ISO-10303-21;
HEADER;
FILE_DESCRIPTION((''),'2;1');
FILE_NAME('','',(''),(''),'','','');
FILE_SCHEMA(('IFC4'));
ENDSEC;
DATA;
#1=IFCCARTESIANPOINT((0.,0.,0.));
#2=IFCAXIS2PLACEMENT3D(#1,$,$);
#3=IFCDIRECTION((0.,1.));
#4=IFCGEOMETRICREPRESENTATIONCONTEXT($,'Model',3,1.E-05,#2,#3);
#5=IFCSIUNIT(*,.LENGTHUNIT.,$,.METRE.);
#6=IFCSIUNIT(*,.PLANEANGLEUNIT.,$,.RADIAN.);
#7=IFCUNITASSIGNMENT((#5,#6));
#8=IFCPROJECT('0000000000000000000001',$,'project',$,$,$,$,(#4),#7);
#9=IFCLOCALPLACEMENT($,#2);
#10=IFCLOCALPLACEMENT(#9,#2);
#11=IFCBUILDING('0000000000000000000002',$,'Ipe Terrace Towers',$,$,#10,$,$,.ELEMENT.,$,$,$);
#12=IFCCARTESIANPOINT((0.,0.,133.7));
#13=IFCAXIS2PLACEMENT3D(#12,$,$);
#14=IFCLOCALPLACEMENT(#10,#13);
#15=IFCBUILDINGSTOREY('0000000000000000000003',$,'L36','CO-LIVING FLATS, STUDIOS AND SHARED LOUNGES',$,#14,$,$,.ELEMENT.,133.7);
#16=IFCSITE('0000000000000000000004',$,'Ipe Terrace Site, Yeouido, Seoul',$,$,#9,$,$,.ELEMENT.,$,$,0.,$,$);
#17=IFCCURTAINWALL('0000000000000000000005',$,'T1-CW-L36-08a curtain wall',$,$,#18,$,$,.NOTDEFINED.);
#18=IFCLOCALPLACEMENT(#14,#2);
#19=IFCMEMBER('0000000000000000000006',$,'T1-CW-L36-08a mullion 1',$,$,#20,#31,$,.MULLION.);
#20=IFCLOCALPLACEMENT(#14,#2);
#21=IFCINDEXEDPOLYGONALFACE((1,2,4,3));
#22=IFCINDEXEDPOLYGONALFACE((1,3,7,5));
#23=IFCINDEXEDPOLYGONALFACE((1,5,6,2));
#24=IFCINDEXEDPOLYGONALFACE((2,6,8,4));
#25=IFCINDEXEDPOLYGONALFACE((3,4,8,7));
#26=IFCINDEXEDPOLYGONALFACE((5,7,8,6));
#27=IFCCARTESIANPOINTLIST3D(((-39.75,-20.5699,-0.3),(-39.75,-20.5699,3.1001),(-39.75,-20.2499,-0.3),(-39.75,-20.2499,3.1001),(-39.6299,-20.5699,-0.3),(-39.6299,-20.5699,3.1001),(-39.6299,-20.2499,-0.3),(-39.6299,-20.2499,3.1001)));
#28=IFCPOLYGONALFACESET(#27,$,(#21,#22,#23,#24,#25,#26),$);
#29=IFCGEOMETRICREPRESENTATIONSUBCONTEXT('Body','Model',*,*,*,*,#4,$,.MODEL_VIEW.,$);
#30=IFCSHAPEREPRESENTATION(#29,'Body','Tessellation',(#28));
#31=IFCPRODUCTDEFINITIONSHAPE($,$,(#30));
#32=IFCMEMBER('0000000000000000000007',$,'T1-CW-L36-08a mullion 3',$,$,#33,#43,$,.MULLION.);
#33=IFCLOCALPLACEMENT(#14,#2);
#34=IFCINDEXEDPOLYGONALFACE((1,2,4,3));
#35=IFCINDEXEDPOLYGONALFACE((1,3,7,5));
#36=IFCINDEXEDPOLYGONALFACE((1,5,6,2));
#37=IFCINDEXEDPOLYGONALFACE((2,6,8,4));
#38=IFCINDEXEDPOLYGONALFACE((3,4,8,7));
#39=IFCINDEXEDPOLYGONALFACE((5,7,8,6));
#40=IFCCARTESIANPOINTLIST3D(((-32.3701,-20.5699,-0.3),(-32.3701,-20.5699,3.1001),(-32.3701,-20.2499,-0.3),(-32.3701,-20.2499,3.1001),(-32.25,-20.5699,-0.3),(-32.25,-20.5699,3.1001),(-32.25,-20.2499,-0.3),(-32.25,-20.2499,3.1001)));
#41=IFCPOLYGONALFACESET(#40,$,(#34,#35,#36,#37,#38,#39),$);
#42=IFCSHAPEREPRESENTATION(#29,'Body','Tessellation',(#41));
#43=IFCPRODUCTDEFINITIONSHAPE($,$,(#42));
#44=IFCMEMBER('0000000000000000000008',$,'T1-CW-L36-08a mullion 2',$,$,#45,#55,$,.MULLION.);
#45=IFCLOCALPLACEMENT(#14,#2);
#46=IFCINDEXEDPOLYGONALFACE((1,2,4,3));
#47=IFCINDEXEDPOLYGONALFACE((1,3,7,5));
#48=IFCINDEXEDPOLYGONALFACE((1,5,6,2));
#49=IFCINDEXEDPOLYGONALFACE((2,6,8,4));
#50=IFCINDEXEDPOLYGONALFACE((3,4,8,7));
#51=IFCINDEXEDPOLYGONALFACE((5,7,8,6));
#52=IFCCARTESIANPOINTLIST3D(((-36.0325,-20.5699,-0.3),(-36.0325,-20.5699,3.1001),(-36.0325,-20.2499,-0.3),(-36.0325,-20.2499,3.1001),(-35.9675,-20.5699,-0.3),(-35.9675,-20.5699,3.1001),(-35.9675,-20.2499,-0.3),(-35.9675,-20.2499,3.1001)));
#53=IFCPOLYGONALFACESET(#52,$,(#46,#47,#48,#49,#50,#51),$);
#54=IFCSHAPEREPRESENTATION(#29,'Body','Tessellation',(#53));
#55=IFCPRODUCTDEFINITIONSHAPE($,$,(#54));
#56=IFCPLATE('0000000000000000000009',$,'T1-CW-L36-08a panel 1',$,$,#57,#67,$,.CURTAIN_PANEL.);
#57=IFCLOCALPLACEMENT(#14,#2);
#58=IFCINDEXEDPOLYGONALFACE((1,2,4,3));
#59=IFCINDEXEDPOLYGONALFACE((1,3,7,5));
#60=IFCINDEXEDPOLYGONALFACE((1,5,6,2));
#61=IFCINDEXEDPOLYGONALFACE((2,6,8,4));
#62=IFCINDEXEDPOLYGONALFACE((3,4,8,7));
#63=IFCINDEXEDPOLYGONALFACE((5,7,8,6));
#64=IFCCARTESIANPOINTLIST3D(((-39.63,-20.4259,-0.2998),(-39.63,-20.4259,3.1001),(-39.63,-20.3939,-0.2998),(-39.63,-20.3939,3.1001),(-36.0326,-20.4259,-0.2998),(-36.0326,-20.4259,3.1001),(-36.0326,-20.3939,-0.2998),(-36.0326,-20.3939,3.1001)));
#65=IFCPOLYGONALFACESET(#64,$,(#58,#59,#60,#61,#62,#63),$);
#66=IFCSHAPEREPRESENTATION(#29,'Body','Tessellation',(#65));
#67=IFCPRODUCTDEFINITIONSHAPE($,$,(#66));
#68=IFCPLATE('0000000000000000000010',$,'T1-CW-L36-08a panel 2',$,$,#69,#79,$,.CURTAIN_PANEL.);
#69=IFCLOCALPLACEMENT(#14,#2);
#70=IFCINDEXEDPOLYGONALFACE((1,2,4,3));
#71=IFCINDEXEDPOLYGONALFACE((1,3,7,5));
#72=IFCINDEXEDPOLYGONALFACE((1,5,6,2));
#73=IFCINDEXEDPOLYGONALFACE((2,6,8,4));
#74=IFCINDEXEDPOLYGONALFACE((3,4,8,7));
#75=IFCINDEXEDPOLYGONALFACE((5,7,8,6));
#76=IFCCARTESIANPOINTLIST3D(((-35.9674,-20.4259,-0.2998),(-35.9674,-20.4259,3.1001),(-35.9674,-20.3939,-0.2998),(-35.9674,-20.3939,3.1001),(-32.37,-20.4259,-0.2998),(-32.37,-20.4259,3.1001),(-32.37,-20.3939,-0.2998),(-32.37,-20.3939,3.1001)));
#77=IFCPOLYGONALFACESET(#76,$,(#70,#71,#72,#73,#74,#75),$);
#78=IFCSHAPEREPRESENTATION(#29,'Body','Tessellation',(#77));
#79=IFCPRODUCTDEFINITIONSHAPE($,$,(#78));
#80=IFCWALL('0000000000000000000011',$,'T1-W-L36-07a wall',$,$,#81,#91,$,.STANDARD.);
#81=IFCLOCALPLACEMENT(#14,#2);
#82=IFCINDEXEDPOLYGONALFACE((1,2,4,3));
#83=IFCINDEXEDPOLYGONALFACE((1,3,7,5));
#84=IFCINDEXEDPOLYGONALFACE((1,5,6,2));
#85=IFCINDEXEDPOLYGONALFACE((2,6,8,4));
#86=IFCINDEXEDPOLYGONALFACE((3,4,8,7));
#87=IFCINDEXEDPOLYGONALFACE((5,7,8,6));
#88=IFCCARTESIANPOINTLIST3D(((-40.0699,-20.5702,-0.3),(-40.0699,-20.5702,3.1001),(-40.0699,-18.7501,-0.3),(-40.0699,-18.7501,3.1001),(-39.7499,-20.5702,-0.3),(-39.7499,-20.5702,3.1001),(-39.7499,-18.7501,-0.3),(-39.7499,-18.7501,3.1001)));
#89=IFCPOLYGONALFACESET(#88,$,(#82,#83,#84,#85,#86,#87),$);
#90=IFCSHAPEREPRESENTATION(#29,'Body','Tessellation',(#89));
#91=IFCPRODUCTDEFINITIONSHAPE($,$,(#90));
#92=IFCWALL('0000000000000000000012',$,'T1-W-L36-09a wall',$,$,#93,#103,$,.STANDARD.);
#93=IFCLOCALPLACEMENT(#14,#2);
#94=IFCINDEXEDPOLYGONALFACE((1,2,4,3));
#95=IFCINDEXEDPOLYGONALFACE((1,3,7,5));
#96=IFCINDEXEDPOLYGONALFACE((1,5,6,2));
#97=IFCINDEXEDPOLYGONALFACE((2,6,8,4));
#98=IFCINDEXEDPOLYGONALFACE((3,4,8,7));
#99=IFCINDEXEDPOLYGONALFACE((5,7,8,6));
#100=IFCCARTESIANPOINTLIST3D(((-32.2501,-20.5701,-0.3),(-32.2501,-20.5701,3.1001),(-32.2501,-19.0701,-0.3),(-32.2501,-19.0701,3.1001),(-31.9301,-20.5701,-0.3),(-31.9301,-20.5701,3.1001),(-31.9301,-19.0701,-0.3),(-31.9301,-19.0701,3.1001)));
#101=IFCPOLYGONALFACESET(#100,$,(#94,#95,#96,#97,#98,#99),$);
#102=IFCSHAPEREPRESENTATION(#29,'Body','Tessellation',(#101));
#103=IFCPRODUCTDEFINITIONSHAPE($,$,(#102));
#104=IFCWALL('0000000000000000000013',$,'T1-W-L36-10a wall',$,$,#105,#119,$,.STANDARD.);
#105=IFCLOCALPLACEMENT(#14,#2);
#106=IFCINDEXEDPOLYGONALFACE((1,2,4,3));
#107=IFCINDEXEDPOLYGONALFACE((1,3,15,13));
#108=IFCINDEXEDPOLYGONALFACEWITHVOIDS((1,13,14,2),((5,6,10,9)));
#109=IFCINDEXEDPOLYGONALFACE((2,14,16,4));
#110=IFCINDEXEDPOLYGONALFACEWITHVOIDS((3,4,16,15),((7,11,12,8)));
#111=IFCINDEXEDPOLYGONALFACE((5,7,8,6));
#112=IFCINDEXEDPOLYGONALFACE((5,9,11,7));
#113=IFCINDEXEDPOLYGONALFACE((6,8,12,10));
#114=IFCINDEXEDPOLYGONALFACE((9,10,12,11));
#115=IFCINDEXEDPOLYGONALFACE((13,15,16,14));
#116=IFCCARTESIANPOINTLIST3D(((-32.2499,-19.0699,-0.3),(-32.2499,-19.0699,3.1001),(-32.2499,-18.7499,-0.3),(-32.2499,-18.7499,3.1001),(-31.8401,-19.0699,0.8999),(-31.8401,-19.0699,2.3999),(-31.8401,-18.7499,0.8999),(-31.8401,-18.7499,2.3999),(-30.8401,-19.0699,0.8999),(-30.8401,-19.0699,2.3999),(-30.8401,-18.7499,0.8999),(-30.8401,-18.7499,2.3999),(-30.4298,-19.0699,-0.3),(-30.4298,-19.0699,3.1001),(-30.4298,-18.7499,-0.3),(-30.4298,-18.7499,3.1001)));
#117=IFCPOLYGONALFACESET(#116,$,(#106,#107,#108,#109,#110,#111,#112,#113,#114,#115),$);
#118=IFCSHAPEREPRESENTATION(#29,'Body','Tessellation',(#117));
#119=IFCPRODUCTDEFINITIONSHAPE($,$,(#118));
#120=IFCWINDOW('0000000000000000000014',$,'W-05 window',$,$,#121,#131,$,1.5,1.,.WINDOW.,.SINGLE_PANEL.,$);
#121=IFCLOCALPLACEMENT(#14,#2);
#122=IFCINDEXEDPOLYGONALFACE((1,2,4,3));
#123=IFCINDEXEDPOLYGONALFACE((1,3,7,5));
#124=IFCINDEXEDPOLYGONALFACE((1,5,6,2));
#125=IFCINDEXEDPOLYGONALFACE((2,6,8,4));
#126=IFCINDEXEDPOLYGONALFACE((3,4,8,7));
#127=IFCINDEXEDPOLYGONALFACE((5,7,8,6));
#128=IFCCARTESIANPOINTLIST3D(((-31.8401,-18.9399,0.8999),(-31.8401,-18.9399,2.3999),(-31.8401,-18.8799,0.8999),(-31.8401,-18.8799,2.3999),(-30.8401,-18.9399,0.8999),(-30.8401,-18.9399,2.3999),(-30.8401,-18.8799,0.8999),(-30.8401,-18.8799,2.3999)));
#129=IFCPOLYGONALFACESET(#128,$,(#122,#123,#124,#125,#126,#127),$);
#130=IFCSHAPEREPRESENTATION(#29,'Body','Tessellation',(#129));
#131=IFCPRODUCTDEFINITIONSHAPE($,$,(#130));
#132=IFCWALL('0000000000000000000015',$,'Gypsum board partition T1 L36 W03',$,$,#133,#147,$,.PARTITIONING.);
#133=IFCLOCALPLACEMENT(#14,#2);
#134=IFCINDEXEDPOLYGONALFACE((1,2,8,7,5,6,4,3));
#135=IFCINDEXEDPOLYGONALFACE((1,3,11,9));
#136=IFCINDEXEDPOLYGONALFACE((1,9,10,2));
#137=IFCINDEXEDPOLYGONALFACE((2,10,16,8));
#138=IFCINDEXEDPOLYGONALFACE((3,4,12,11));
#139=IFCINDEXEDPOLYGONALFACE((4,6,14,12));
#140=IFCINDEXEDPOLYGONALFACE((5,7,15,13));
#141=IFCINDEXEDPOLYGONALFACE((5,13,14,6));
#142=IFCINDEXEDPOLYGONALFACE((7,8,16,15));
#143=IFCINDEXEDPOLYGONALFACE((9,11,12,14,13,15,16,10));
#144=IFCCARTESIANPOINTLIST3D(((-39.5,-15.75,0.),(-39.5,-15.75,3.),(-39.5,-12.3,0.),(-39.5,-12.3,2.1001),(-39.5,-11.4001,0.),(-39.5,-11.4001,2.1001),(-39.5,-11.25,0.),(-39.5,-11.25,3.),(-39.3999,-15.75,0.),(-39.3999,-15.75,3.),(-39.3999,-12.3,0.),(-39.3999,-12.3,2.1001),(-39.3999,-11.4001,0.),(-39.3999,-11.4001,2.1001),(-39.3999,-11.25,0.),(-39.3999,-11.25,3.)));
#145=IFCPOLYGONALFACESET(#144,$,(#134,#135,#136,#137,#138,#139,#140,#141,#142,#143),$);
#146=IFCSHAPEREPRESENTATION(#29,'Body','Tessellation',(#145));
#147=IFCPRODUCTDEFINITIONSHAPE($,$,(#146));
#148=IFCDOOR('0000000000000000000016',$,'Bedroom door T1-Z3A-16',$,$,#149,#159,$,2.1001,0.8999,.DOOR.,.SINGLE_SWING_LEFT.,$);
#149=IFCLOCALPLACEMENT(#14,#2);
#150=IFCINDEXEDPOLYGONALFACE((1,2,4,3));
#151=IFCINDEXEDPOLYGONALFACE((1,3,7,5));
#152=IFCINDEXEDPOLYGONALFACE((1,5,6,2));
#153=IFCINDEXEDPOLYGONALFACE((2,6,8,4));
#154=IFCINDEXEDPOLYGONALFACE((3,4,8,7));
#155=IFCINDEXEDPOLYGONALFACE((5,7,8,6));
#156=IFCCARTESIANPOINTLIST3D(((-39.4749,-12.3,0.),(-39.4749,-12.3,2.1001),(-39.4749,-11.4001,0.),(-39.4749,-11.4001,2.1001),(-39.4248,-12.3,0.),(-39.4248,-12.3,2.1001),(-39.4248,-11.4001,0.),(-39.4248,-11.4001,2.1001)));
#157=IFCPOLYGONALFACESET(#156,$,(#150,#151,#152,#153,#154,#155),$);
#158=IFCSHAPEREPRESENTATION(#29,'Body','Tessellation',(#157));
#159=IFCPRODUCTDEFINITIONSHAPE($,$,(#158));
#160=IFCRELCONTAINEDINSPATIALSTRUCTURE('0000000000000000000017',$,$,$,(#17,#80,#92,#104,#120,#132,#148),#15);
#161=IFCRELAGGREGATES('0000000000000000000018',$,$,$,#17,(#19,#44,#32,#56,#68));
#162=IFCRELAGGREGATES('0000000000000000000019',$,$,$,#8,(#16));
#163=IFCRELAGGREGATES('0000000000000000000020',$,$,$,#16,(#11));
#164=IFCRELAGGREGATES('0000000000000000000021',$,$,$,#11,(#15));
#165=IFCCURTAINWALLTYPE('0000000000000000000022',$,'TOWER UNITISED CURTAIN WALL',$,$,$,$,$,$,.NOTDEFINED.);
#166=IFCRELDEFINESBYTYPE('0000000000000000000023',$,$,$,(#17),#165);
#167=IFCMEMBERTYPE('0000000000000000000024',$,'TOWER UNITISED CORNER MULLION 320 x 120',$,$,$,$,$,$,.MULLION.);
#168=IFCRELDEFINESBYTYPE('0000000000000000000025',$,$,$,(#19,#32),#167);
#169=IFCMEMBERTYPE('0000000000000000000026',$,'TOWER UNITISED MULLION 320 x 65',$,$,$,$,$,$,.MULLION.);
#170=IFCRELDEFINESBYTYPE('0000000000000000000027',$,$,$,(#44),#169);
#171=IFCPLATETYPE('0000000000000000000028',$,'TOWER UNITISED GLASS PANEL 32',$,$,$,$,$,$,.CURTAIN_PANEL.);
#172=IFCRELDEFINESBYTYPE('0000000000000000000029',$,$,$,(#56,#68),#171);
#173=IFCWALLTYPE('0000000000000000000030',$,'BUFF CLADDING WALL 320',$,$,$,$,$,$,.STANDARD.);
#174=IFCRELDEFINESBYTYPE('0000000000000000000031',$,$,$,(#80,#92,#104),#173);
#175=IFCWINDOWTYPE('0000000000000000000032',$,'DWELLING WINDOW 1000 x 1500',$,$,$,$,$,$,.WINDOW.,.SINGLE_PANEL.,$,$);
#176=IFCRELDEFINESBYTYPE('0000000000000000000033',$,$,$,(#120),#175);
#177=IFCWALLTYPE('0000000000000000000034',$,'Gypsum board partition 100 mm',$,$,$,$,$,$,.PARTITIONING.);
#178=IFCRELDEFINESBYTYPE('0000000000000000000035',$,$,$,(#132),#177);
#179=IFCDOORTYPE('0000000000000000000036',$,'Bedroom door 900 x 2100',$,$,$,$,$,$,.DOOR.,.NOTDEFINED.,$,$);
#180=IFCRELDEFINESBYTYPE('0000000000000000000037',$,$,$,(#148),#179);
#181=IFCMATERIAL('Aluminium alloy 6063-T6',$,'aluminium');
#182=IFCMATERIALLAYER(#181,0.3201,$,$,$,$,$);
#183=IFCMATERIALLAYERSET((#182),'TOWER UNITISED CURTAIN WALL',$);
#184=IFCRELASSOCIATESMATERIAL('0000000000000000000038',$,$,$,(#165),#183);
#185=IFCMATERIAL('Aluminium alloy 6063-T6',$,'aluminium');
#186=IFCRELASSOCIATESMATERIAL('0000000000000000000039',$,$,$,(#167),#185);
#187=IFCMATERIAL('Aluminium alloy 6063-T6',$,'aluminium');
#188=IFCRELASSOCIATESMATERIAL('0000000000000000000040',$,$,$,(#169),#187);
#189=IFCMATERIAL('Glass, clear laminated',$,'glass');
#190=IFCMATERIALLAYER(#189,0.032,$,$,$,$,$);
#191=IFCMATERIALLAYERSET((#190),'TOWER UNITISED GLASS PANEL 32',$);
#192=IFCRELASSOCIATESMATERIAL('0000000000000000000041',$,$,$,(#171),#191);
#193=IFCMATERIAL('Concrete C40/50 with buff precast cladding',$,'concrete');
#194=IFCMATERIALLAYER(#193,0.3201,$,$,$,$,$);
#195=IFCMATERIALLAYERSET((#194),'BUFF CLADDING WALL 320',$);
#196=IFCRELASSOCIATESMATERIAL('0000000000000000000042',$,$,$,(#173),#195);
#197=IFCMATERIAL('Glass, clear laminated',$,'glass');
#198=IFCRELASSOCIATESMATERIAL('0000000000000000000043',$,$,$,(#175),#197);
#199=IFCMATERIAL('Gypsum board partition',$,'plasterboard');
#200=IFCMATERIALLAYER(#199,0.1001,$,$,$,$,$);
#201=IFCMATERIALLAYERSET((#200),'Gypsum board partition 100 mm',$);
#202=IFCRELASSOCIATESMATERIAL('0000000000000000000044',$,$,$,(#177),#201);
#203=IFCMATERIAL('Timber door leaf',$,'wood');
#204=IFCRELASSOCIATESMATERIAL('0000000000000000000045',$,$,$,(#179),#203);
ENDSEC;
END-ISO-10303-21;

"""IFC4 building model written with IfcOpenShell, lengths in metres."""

from ifc_helpers import new_model, si_unit, direction, frame, frame_2d, origin, origin_2d, place, context, subcontext, project, spatial, rectangle, extrude, material, layer, layer_set, material_profile, profile_set, type_object, element, fill, aggregate, save


model = new_model("IFC4")

# Units and contexts
model_context = context("Model", 3, precision=1e-05, world=origin(), true_north=direction((0.0, 1.0)))
body_context = subcontext(model_context, "Body", "Model", "MODEL_VIEW")
ifc_project = project(units=[si_unit("LENGTHUNIT", "METRE"), si_unit("PLANEANGLEUNIT", "RADIAN")], contexts=[model_context])

# Site, building, storey
site_placement = place(None, origin())
site = spatial("IfcSite", under=ifc_project, at=site_placement, Name="Ipe Terrace Site, Yeouido, Seoul", CompositionType="ELEMENT", RefElevation=0.0)
building_placement = place(site_placement, origin())
building = spatial("IfcBuilding", under=site, at=building_placement, Name="Ipe Terrace Towers", CompositionType="ELEMENT")
storey_placement = place(building_placement, frame((0.0, 0.0, 133.7)))
storey = spatial("IfcBuildingStorey", under=building, at=storey_placement, Name="L36", Description="CO-LIVING FLATS, STUDIOS AND SHARED LOUNGES", CompositionType="ELEMENT", Elevation=133.7)

# Curtain wall, members, plates
ifc_material_1 = material(Name="Aluminium alloy 6063-T6", Category="aluminium")
ifc_layer_1 = layer(ifc_material_1, 0.3201)
ifc_layer_set_1 = layer_set([ifc_layer_1], Name="TOWER UNITISED CURTAIN WALL")
curtain_wall_type = type_object("IfcCurtainWallType", Name="TOWER UNITISED CURTAIN WALL", PredefinedType="NOTDEFINED", material=ifc_layer_set_1)
curtain_wall_placement = place(storey_placement, origin())
curtain_wall = element("IfcCurtainWall", 1, at=curtain_wall_placement, inside=storey, type_object=curtain_wall_type, Name="T1-CW-L36-08a curtain wall", PredefinedType="NOTDEFINED")
ifc_material_2 = material(Name="Aluminium alloy 6063-T6", Category="aluminium")
ifc_material_profile_1 = material_profile(ifc_material_2, rectangle(XDim=0.3201, YDim=0.1201, at=origin_2d()), Name="TOWER UNITISED CORNER MULLION 320 x 120")
ifc_profile_set_1 = profile_set([ifc_material_profile_1], Name="Aluminium alloy 6063-T6")
member_type_1 = type_object("IfcMemberType", Name="TOWER UNITISED CORNER MULLION 320 x 120", PredefinedType="MULLION", material=ifc_profile_set_1)
member_1_placement = place(storey_placement, frame((-39.6899, -20.4099, -0.3), z_axis=(0.0, 0.0, 1.0), x_axis=(0.0, -1.0, 0.0)))
member_1 = element("IfcMember", 2, at=member_1_placement, type_object=member_type_1, Name="T1-CW-L36-08a mullion 1", PredefinedType="MULLION", context=body_context, shape_type="SweptSolid", body=[
    extrude(rectangle(XDim=0.3201, YDim=0.1201, at=origin_2d()), origin(), (0.0, 0.0, 1.0), 3.4001),
])
member_2_placement = place(storey_placement, frame((-32.3101, -20.4099, -0.3), z_axis=(0.0, 0.0, 1.0), x_axis=(0.0, -1.0, 0.0)))
member_2 = element("IfcMember", 3, at=member_2_placement, type_object=member_type_1, Name="T1-CW-L36-08a mullion 3", PredefinedType="MULLION", context=body_context, shape_type="SweptSolid", body=[
    extrude(rectangle(XDim=0.3201, YDim=0.1201, at=origin_2d()), origin(), (0.0, 0.0, 1.0), 3.4001),
])
ifc_material_3 = material(Name="Aluminium alloy 6063-T6", Category="aluminium")
ifc_material_profile_2 = material_profile(ifc_material_3, rectangle(XDim=0.3201, YDim=0.0649, at=origin_2d()), Name="TOWER UNITISED MULLION 320 x 65")
ifc_profile_set_2 = profile_set([ifc_material_profile_2], Name="Aluminium alloy 6063-T6")
member_type_2 = type_object("IfcMemberType", Name="TOWER UNITISED MULLION 320 x 65", PredefinedType="MULLION", material=ifc_profile_set_2)
member_3_placement = place(storey_placement, frame((-36.0, -20.4099, -0.3), z_axis=(0.0, 0.0, 1.0), x_axis=(0.0, -1.0, 0.0)))
member_3 = element("IfcMember", 4, at=member_3_placement, type_object=member_type_2, Name="T1-CW-L36-08a mullion 2", PredefinedType="MULLION", context=body_context, shape_type="SweptSolid", body=[
    extrude(rectangle(XDim=0.3201, YDim=0.0649, at=origin_2d()), origin(), (0.0, 0.0, 1.0), 3.4001),
])
ifc_material_4 = material(Name="Glass, clear laminated", Category="glass")
ifc_layer_2 = layer(ifc_material_4, 0.032)
ifc_layer_set_2 = layer_set([ifc_layer_2], Name="TOWER UNITISED GLASS PANEL 32")
plate_type = type_object("IfcPlateType", Name="TOWER UNITISED GLASS PANEL 32", PredefinedType="CURTAIN_PANEL", material=ifc_layer_set_2)
plate_1_placement = place(storey_placement, frame((-37.8313, -20.4099, -0.2998), z_axis=(0.0, 0.0, 1.0), x_axis=(1.0, 0.0, 0.0)))
plate_1 = element("IfcPlate", 5, at=plate_1_placement, type_object=plate_type, Name="T1-CW-L36-08a panel 1", PredefinedType="CURTAIN_PANEL", context=body_context, shape_type="SweptSolid", body=[
    extrude(rectangle(XDim=3.5974, YDim=0.032, at=origin_2d()), origin(), (0.0, 0.0, 1.0), 3.3999),
])
plate_2_placement = place(storey_placement, frame((-34.1687, -20.4099, -0.2998), z_axis=(0.0, 0.0, 1.0), x_axis=(1.0, 0.0, 0.0)))
plate_2 = element("IfcPlate", 6, at=plate_2_placement, type_object=plate_type, Name="T1-CW-L36-08a panel 2", PredefinedType="CURTAIN_PANEL", context=body_context, shape_type="SweptSolid", body=[
    extrude(rectangle(XDim=3.5974, YDim=0.032, at=origin_2d()), origin(), (0.0, 0.0, 1.0), 3.3999),
])
aggregate(curtain_wall, [member_1, member_3, member_2, plate_1, plate_2])

# Walls
ifc_material_5 = material(Name="Concrete C40/50 with buff precast cladding", Category="concrete")
ifc_layer_3 = layer(ifc_material_5, 0.3201)
ifc_layer_set_3 = layer_set([ifc_layer_3], Name="BUFF CLADDING WALL 320")
wall_type_1 = type_object("IfcWallType", Name="BUFF CLADDING WALL 320", PredefinedType="STANDARD", material=ifc_layer_set_3)
wall_1_placement = place(storey_placement, frame((-39.9099, -18.75, -0.3), z_axis=(0.0, 0.0, 1.0), x_axis=(0.0, -1.0, 0.0)))
element("IfcWall", 7, at=wall_1_placement, inside=storey, type_object=wall_type_1, Name="T1-W-L36-07a wall", PredefinedType="STANDARD", context=body_context, shape_type="SweptSolid", body=[
    extrude(rectangle(XDim=1.8201, YDim=0.3201, at=frame_2d((0.9102, 0.0))), origin(), (0.0, 0.0, 1.0), 3.4001),
])
wall_2_placement = place(storey_placement, frame((-32.0901, -20.5701, -0.3), z_axis=(0.0, 0.0, 1.0), x_axis=(0.0, 1.0, 0.0)))
element("IfcWall", 8, at=wall_2_placement, inside=storey, type_object=wall_type_1, Name="T1-W-L36-09a wall", PredefinedType="STANDARD", context=body_context, shape_type="SweptSolid", body=[
    extrude(rectangle(XDim=1.5, YDim=0.3201, at=frame_2d((0.75, 0.0))), origin(), (0.0, 0.0, 1.0), 3.4001),
])

# Wall, opening, window
wall_3_placement = place(storey_placement, frame((-32.25, -18.9099, -0.3), z_axis=(0.0, 0.0, 1.0), x_axis=(1.0, 0.0, 0.0)))
wall_3 = element("IfcWall", 9, at=wall_3_placement, inside=storey, type_object=wall_type_1, Name="T1-W-L36-10a wall", PredefinedType="STANDARD", context=body_context, shape_type="SweptSolid", body=[
    extrude(rectangle(XDim=1.8201, YDim=0.3201, at=frame_2d((0.9102, 0.0))), origin(), (0.0, 0.0, 1.0), 3.4001),
])
opening_1_placement = place(wall_3_placement, frame((0.4099, 0.0, 1.2)))
opening_1 = element("IfcOpeningElement", 10, at=opening_1_placement, cuts=wall_3, PredefinedType="OPENING", context=body_context, shape_type="SweptSolid", body=[
    extrude(rectangle(XDim=1.0, YDim=1.5, at=frame_2d((0.5, 0.75))), frame((0.0, 0.1699, 0.0), z_axis=(0.0, -1.0, 0.0), x_axis=(1.0, 0.0, 0.0)), (0.0, 0.0, 1.0), 0.3401),
])
ifc_material_6 = material(Name="Glass, clear laminated", Category="glass")
window_type = type_object("IfcWindowType", Name="DWELLING WINDOW 1000 x 1500", PartitioningType="SINGLE_PANEL", PredefinedType="WINDOW", material=ifc_material_6)
window_placement = place(opening_1_placement, origin())
window = element("IfcWindow", 11, at=window_placement, inside=storey, type_object=window_type, Name="W-05 window", OverallHeight=1.5, OverallWidth=1.0, PartitioningType="SINGLE_PANEL", PredefinedType="WINDOW", context=body_context, shape_type="SweptSolid", body=[
    extrude(rectangle(XDim=1.0, YDim=1.5, at=frame_2d((0.5, 0.75))), frame((0.0, 0.03, 0.0), z_axis=(0.0, -1.0, 0.0), x_axis=(1.0, 0.0, 0.0)), (0.0, 0.0, 1.0), 0.0601),
])
fill(opening_1, window)

# Wall, opening, door
ifc_material_7 = material(Name="Gypsum board partition", Category="plasterboard")
ifc_layer_4 = layer(ifc_material_7, 0.1001)
ifc_layer_set_4 = layer_set([ifc_layer_4], Name="Gypsum board partition 100 mm")
wall_type_2 = type_object("IfcWallType", Name="Gypsum board partition 100 mm", PredefinedType="PARTITIONING", material=ifc_layer_set_4)
wall_4_placement = place(storey_placement, frame((-39.45, -15.75, 0.0), z_axis=(0.0, 0.0, 1.0), x_axis=(0.0, 1.0, 0.0)))
wall_4 = element("IfcWall", 12, at=wall_4_placement, inside=storey, type_object=wall_type_2, Name="Gypsum board partition T1 L36 W03", PredefinedType="PARTITIONING", context=body_context, shape_type="SweptSolid", body=[
    extrude(rectangle(XDim=4.5, YDim=0.1001, at=frame_2d((2.25, 0.0))), origin(), (0.0, 0.0, 1.0), 3.0),
])
opening_2_placement = place(wall_4_placement, frame((3.45, 0.0, 0.0)))
opening_2 = element("IfcOpeningElement", 13, at=opening_2_placement, cuts=wall_4, PredefinedType="OPENING", context=body_context, shape_type="SweptSolid", body=[
    extrude(rectangle(XDim=0.8999, YDim=2.1001, at=frame_2d((0.45, 1.05))), frame((0.0, 0.0601, 0.0), z_axis=(0.0, -1.0, 0.0), x_axis=(1.0, 0.0, 0.0)), (0.0, 0.0, 1.0), 0.1201),
])
ifc_material_8 = material(Name="Timber door leaf", Category="wood")
door_type_1 = type_object("IfcDoorType", Name="Bedroom door 900 x 2100", OperationType="NOTDEFINED", PredefinedType="DOOR", material=ifc_material_8)
door_1_placement = place(opening_2_placement, origin())
door_1 = element("IfcDoor", 14, at=door_1_placement, inside=storey, type_object=door_type_1, Name="Bedroom door T1-Z3A-16", OperationType="SINGLE_SWING_LEFT", OverallHeight=2.1001, OverallWidth=0.8999, PredefinedType="DOOR", context=body_context, shape_type="SweptSolid", body=[
    extrude(rectangle(XDim=0.8999, YDim=2.1001, at=frame_2d((0.45, 1.05))), frame((0.0, 0.0249, 0.0), z_axis=(0.0, -1.0, 0.0), x_axis=(1.0, 0.0, 0.0)), (0.0, 0.0, 1.0), 0.05),
])
fill(opening_2, door_1)

save(model, "model.ifc")
